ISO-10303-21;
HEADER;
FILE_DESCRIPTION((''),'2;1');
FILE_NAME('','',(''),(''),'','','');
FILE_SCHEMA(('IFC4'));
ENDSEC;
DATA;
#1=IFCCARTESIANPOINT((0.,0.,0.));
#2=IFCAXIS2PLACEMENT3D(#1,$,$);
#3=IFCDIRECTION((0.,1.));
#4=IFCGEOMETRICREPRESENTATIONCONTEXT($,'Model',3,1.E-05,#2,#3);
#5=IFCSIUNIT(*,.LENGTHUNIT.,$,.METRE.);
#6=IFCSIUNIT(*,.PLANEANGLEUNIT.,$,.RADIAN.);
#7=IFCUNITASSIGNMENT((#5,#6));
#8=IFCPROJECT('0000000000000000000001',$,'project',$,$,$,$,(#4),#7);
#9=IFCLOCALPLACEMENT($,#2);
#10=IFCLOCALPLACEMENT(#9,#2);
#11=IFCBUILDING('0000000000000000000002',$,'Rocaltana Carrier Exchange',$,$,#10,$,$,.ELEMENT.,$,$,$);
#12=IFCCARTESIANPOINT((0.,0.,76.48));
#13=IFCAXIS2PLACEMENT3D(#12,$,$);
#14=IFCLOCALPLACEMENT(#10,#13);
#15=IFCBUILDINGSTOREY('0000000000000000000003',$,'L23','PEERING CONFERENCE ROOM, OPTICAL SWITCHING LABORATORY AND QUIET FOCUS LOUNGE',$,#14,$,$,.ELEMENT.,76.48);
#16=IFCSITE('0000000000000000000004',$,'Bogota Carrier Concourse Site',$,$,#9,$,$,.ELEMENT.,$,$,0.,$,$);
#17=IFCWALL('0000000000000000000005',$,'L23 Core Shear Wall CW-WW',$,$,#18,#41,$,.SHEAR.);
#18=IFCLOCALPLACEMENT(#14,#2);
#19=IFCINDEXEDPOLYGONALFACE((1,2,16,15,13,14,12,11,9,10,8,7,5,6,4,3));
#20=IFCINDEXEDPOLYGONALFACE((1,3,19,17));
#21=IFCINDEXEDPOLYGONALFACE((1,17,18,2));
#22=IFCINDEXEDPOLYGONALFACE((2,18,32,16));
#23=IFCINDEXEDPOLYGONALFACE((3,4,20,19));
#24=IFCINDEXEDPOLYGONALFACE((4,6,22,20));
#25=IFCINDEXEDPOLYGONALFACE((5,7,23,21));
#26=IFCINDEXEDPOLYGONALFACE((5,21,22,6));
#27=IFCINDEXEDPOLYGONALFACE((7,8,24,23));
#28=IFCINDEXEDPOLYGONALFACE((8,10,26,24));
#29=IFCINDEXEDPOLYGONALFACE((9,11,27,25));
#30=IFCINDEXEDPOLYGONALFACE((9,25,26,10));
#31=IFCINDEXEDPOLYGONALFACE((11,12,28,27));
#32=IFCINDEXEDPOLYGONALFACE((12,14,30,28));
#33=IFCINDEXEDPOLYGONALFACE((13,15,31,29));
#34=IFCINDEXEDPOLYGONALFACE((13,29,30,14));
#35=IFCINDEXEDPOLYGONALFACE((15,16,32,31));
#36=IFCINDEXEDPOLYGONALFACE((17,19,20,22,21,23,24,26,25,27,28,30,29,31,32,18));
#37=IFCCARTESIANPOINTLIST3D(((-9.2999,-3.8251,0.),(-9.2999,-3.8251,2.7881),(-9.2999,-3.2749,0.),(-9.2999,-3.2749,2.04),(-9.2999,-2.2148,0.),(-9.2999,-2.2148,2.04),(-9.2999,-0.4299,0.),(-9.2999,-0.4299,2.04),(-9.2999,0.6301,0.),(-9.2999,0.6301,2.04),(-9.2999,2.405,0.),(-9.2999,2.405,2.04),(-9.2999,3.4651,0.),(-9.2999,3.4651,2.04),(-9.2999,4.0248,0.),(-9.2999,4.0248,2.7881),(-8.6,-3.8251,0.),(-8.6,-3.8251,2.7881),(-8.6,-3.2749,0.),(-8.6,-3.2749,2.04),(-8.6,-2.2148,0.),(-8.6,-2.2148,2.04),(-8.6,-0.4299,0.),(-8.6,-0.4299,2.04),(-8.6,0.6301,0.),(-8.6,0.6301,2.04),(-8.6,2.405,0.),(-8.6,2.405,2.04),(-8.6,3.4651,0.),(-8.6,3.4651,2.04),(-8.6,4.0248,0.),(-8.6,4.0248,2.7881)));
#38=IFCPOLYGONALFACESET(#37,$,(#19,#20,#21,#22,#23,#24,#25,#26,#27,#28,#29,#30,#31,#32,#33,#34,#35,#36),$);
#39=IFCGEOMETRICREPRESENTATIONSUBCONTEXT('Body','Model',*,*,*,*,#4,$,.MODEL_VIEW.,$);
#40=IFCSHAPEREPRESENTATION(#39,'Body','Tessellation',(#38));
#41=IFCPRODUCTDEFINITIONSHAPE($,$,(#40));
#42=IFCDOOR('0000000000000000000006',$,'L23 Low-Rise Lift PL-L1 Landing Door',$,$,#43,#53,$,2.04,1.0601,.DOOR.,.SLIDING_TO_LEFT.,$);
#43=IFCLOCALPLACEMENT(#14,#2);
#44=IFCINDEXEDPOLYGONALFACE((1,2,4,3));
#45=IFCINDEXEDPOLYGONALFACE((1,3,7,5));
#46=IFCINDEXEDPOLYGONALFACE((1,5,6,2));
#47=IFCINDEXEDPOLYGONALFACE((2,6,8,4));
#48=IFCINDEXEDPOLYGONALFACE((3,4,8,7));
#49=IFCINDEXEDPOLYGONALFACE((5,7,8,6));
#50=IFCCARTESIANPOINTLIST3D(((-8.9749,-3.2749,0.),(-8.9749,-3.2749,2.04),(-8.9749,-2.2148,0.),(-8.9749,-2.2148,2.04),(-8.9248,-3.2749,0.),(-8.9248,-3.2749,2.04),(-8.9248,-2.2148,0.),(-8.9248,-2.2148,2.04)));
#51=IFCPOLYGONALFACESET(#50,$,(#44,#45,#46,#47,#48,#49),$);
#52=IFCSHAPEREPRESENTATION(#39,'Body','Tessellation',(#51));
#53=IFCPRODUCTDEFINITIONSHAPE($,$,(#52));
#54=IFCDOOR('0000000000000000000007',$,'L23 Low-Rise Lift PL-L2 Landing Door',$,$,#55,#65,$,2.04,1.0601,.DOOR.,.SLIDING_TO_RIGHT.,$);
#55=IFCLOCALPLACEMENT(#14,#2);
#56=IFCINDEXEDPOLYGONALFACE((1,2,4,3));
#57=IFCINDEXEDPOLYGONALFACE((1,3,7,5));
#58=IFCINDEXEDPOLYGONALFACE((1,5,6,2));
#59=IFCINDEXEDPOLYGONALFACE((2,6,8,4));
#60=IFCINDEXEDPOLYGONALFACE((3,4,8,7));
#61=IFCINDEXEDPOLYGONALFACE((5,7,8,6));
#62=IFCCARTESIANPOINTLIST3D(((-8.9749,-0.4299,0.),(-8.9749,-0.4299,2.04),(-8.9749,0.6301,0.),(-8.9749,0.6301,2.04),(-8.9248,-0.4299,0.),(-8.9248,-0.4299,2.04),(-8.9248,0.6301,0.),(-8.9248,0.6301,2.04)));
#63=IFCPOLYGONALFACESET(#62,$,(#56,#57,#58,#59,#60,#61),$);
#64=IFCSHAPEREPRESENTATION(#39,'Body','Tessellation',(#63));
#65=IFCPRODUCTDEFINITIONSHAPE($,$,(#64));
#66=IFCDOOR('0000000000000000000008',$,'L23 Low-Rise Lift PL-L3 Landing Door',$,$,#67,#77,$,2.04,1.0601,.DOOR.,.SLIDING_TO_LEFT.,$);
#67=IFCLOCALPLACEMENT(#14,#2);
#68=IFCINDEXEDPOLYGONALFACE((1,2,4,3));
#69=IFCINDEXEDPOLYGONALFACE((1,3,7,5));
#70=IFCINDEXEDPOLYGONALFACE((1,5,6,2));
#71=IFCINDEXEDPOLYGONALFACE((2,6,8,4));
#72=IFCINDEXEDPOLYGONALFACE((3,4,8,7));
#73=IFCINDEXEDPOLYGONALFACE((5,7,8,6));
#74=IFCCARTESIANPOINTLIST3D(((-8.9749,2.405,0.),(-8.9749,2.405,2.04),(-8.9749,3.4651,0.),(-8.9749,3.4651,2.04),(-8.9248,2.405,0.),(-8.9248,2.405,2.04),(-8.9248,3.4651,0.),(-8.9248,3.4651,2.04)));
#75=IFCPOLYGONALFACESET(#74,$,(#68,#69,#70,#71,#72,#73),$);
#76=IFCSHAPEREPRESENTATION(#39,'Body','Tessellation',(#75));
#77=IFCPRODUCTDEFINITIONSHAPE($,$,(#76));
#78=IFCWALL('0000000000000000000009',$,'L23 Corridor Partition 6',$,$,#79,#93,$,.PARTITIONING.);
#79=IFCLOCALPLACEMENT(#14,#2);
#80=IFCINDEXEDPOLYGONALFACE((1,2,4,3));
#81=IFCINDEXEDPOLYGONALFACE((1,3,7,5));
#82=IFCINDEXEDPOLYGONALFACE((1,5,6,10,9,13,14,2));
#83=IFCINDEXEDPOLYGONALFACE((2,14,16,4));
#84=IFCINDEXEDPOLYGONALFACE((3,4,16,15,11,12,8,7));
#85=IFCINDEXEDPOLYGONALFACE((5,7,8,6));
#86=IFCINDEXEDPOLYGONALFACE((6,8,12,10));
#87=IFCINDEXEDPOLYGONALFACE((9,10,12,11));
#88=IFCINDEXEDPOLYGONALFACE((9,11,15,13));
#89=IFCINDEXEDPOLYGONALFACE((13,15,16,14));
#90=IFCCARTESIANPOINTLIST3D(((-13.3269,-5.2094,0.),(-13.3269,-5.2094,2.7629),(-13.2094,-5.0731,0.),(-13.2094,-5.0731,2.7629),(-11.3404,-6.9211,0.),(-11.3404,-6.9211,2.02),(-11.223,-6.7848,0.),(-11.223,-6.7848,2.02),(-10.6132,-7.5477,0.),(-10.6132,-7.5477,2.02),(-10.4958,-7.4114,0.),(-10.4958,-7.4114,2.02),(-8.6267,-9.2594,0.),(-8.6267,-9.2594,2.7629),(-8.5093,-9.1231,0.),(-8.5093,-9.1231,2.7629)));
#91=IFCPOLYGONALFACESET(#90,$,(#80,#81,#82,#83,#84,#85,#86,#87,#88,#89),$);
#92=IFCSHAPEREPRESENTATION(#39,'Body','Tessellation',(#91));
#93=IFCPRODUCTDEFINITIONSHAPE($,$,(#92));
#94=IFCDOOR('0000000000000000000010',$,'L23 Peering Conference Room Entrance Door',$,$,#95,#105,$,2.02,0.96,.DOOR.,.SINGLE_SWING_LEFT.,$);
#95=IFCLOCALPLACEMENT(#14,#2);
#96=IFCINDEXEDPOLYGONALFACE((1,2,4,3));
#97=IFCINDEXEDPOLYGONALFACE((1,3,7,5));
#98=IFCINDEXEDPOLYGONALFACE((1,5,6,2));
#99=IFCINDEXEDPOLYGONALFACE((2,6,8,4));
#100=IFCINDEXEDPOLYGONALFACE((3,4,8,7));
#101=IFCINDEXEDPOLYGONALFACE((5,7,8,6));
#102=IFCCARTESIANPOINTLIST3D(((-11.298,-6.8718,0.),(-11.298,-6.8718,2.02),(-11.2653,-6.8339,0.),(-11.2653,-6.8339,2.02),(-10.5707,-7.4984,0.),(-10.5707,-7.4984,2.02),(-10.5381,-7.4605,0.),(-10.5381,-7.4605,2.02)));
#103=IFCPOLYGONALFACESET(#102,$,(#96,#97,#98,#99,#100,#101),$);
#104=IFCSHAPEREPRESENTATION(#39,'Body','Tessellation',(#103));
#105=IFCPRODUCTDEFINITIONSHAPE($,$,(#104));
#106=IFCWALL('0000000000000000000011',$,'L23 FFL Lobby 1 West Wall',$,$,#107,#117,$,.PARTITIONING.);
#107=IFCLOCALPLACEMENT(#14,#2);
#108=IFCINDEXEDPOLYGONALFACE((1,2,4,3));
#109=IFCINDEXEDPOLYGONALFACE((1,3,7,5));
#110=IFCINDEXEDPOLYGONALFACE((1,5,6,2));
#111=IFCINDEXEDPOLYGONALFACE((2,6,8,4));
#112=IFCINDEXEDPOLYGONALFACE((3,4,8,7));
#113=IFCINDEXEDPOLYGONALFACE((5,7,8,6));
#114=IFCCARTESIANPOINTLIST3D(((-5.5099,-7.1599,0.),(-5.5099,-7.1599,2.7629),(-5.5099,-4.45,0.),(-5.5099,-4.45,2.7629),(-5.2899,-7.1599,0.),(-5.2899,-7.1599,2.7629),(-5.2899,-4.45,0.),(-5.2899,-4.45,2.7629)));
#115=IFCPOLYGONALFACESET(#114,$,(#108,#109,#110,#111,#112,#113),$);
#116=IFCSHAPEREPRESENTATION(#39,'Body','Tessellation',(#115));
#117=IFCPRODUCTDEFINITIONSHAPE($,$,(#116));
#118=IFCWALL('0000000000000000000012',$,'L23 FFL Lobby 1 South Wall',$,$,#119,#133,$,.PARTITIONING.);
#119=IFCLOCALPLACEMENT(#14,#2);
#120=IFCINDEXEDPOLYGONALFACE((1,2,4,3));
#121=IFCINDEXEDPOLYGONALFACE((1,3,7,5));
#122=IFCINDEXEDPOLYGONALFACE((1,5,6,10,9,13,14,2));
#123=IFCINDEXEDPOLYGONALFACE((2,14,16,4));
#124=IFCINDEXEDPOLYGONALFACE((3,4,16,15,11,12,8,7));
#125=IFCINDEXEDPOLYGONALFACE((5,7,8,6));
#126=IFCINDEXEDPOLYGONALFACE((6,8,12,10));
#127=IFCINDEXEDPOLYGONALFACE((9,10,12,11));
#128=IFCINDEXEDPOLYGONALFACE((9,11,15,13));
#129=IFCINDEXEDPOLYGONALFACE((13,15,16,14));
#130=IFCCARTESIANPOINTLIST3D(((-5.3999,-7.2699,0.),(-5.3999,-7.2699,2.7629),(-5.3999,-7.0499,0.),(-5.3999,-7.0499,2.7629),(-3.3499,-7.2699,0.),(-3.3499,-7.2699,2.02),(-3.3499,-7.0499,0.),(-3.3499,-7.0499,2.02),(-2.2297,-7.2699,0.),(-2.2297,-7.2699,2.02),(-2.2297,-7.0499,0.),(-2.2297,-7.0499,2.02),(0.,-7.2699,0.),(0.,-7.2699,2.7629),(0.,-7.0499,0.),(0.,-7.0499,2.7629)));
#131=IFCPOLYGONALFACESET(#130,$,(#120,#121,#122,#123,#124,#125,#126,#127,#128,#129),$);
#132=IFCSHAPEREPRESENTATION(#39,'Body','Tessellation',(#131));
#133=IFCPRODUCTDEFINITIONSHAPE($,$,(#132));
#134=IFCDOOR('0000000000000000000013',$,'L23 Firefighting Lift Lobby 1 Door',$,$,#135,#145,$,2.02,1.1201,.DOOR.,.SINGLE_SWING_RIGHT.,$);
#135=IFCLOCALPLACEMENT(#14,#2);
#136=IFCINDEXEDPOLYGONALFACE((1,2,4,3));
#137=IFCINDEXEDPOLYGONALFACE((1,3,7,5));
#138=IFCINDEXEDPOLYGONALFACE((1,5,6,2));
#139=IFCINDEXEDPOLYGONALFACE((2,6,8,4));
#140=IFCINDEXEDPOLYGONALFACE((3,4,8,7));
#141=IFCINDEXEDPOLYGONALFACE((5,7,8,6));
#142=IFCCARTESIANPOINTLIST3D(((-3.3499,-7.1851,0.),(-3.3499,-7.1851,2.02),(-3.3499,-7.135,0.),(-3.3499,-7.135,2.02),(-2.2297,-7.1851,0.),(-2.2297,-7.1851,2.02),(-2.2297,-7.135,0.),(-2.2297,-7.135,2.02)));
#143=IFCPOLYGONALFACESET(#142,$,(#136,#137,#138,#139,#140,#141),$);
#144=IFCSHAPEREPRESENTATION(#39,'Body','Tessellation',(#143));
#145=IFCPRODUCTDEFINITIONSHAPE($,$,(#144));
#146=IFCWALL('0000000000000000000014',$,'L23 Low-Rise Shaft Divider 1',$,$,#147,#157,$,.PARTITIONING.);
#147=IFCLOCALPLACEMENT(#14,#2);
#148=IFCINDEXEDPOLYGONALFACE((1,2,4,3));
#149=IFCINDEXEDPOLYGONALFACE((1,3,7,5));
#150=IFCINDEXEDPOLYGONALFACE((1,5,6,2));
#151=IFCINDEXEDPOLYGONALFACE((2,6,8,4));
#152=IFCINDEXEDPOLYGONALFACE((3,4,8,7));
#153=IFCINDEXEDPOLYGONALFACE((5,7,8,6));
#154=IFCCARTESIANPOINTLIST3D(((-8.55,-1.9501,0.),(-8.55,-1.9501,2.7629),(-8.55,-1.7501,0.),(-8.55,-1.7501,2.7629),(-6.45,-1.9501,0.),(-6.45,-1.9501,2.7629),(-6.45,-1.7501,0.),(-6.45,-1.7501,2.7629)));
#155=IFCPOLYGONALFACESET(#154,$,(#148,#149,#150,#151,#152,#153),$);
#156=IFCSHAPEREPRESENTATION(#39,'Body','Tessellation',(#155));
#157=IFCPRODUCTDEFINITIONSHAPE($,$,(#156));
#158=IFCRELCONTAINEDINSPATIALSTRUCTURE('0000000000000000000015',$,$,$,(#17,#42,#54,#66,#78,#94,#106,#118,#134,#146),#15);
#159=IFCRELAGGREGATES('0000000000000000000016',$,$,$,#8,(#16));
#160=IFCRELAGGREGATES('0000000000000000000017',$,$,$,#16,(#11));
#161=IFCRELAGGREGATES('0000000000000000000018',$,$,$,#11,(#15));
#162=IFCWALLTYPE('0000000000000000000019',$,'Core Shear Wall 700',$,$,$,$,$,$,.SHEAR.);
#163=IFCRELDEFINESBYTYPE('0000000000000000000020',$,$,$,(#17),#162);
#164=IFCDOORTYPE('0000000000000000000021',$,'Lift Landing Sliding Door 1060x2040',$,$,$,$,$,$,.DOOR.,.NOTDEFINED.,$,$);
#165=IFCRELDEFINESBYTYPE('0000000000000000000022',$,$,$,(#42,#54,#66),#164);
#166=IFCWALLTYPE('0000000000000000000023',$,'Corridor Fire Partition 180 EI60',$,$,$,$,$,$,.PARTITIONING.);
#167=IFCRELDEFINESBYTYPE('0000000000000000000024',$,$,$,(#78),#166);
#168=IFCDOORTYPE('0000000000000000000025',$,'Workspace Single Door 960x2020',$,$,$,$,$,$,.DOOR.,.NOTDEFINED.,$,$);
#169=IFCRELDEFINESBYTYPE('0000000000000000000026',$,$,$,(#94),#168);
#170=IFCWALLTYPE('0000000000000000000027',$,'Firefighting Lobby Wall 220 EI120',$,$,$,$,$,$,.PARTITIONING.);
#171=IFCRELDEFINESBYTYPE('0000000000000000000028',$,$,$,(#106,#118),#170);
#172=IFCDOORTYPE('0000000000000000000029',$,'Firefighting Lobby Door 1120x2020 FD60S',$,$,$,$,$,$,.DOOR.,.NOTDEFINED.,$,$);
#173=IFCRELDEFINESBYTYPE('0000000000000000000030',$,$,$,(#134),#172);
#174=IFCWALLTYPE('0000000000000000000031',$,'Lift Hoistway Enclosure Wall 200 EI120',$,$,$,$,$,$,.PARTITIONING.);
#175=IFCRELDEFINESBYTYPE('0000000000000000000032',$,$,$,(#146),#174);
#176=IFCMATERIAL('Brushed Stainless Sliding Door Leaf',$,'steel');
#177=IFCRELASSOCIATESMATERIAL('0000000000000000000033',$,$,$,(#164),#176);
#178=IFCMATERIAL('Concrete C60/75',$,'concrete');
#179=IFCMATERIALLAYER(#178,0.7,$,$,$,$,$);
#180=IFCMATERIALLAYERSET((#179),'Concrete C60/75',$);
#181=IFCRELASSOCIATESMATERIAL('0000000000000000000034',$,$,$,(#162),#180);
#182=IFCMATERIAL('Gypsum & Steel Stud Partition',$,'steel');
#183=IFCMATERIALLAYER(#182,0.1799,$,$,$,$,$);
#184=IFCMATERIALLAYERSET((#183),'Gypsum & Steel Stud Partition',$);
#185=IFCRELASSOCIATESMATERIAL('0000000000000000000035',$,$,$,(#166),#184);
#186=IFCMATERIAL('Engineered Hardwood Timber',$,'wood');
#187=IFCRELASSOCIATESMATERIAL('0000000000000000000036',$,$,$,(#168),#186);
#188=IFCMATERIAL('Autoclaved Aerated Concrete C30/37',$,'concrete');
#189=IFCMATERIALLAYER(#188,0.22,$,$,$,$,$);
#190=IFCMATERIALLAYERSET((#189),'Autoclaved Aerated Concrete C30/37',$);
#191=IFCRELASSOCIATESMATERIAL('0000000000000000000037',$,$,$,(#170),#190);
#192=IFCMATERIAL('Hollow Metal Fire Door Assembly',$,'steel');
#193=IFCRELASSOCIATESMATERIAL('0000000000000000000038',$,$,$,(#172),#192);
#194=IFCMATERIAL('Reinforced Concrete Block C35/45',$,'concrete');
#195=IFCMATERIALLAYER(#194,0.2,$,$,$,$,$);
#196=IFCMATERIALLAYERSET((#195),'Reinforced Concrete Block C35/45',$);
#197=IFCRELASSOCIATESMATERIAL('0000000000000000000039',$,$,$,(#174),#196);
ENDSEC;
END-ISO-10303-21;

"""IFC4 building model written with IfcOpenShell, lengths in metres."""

from ifc_helpers import new_model, si_unit, direction, frame, frame_2d, origin, place, context, subcontext, project, spatial, rectangle, extrude, material, layer, layer_set, type_object, element, fill, save


model = new_model("IFC4")

# Units and contexts
model_context = context("Model", 3, precision=1e-05, world=origin(), true_north=direction((0.0, 1.0)))
body_context = subcontext(model_context, "Body", "Model", "MODEL_VIEW")
ifc_project = project(units=[si_unit("LENGTHUNIT", "METRE"), si_unit("PLANEANGLEUNIT", "RADIAN")], contexts=[model_context])

# Site, building, storey
site_placement = place(None, origin())
site = spatial("IfcSite", under=ifc_project, at=site_placement, Name="Bogota Carrier Concourse Site", CompositionType="ELEMENT", RefElevation=0.0)
building_placement = place(site_placement, origin())
building = spatial("IfcBuilding", under=site, at=building_placement, Name="Rocaltana Carrier Exchange", CompositionType="ELEMENT")
storey_placement = place(building_placement, frame((0.0, 0.0, 76.48)))
storey = spatial("IfcBuildingStorey", under=building, at=storey_placement, Name="L23", Description="PEERING CONFERENCE ROOM, OPTICAL SWITCHING LABORATORY AND QUIET FOCUS LOUNGE", CompositionType="ELEMENT", Elevation=76.48)

# Shared definitions
ifc_material_1 = material(Name="Brushed Stainless Sliding Door Leaf", Category="steel")
door_type_1 = type_object("IfcDoorType", Name="Lift Landing Sliding Door 1060x2040", OperationType="NOTDEFINED", PredefinedType="DOOR", material=ifc_material_1)

# Shared definitions
ifc_material_2 = material(Name="Concrete C60/75", Category="concrete")
ifc_layer_1 = layer(ifc_material_2, 0.7)
ifc_layer_set_1 = layer_set([ifc_layer_1], Name="Concrete C60/75")
wall_type_1 = type_object("IfcWallType", Name="Core Shear Wall 700", PredefinedType="SHEAR", material=ifc_layer_set_1)

# Wall, openings, doors
wall_1_placement = place(storey_placement, frame((-8.95, -3.825, 0.0), z_axis=(0.0, 0.0, 1.0), x_axis=(0.0, 1.0, 0.0)))
wall_1 = element("IfcWall", 1, at=wall_1_placement, inside=storey, type_object=wall_type_1, Name="L23 Core Shear Wall CW-WW", PredefinedType="SHEAR", context=body_context, shape_type="SweptSolid", body=[
    extrude(rectangle(XDim=7.8499, YDim=0.7, at=frame_2d((3.9248, 0.0))), origin(), (0.0, 0.0, 1.0), 2.7881),
])
opening_1_placement = place(wall_1_placement, frame((0.55, 0.0, 0.0)))
opening_1 = element("IfcOpeningElement", 2, at=opening_1_placement, cuts=wall_1, PredefinedType="OPENING", context=body_context, shape_type="SweptSolid", body=[
    extrude(rectangle(XDim=1.0601, YDim=2.04, at=frame_2d((0.53, 1.02))), frame((0.0, 0.3599, 0.0), z_axis=(0.0, -1.0, 0.0), x_axis=(1.0, 0.0, 0.0)), (0.0, 0.0, 1.0), 0.72),
])
opening_2_placement = place(wall_1_placement, frame((3.395, 0.0, 0.0)))
opening_2 = element("IfcOpeningElement", 3, at=opening_2_placement, cuts=wall_1, PredefinedType="OPENING", context=body_context, shape_type="SweptSolid", body=[
    extrude(rectangle(XDim=1.0601, YDim=2.04, at=frame_2d((0.53, 1.02))), frame((0.0, 0.3599, 0.0), z_axis=(0.0, -1.0, 0.0), x_axis=(1.0, 0.0, 0.0)), (0.0, 0.0, 1.0), 0.72),
])
opening_3_placement = place(wall_1_placement, frame((6.23, 0.0, 0.0)))
opening_3 = element("IfcOpeningElement", 4, at=opening_3_placement, cuts=wall_1, PredefinedType="OPENING", context=body_context, shape_type="SweptSolid", body=[
    extrude(rectangle(XDim=1.0601, YDim=2.04, at=frame_2d((0.53, 1.02))), frame((0.0, 0.3599, 0.0), z_axis=(0.0, -1.0, 0.0), x_axis=(1.0, 0.0, 0.0)), (0.0, 0.0, 1.0), 0.72),
])
door_1_placement = place(opening_1_placement, origin())
door_1 = element("IfcDoor", 5, at=door_1_placement, inside=storey, type_object=door_type_1, Name="L23 Low-Rise Lift PL-L1 Landing Door", OperationType="SLIDING_TO_LEFT", OverallHeight=2.04, OverallWidth=1.0601, PredefinedType="DOOR", context=body_context, shape_type="SweptSolid", body=[
    extrude(rectangle(XDim=1.0601, YDim=2.04, at=frame_2d((0.53, 1.02))), frame((0.0, 0.0249, 0.0), z_axis=(0.0, -1.0, 0.0), x_axis=(1.0, 0.0, 0.0)), (0.0, 0.0, 1.0), 0.05),
])
fill(opening_1, door_1)
door_2_placement = place(opening_2_placement, origin())
door_2 = element("IfcDoor", 6, at=door_2_placement, inside=storey, type_object=door_type_1, Name="L23 Low-Rise Lift PL-L2 Landing Door", OperationType="SLIDING_TO_RIGHT", OverallHeight=2.04, OverallWidth=1.0601, PredefinedType="DOOR", context=body_context, shape_type="SweptSolid", body=[
    extrude(rectangle(XDim=1.0601, YDim=2.04, at=frame_2d((0.53, 1.02))), frame((0.0, 0.0249, 0.0), z_axis=(0.0, -1.0, 0.0), x_axis=(1.0, 0.0, 0.0)), (0.0, 0.0, 1.0), 0.05),
])
fill(opening_2, door_2)
door_3_placement = place(opening_3_placement, origin())
door_3 = element("IfcDoor", 7, at=door_3_placement, inside=storey, type_object=door_type_1, Name="L23 Low-Rise Lift PL-L3 Landing Door", OperationType="SLIDING_TO_LEFT", OverallHeight=2.04, OverallWidth=1.0601, PredefinedType="DOOR", context=body_context, shape_type="SweptSolid", body=[
    extrude(rectangle(XDim=1.0601, YDim=2.04, at=frame_2d((0.53, 1.02))), frame((0.0, 0.0249, 0.0), z_axis=(0.0, -1.0, 0.0), x_axis=(1.0, 0.0, 0.0)), (0.0, 0.0, 1.0), 0.05),
])
fill(opening_3, door_3)

# Wall, opening, door
ifc_material_3 = material(Name="Gypsum & Steel Stud Partition", Category="steel")
ifc_layer_2 = layer(ifc_material_3, 0.1799)
ifc_layer_set_2 = layer_set([ifc_layer_2], Name="Gypsum & Steel Stud Partition")
wall_type_2 = type_object("IfcWallType", Name="Corridor Fire Partition 180 EI60", PredefinedType="PARTITIONING", material=ifc_layer_set_2)
wall_2_placement = place(storey_placement, frame((-8.5681, -9.1912, 0.0), z_axis=(0.0, 0.0, 1.0), x_axis=(-0.757557, 0.652769, 0.0)))
wall_2 = element("IfcWall", 8, at=wall_2_placement, inside=storey, type_object=wall_type_2, Name="L23 Corridor Partition 6", PredefinedType="PARTITIONING", context=body_context, shape_type="SweptSolid", body=[
    extrude(rectangle(XDim=6.2043, YDim=0.1799, at=frame_2d((3.1021, 0.0))), origin(), (0.0, 0.0, 1.0), 2.7629),
])
opening_4_placement = place(wall_2_placement, frame((2.6221, 0.0, 0.0)))
opening_4 = element("IfcOpeningElement", 9, at=opening_4_placement, cuts=wall_2, PredefinedType="OPENING", context=body_context, shape_type="SweptSolid", body=[
    extrude(rectangle(XDim=0.96, YDim=2.02, at=frame_2d((0.48, 1.01))), frame((0.0, 0.0999, 0.0), z_axis=(0.0, -1.0, 0.0), x_axis=(1.0, 0.0, 0.0)), (0.0, 0.0, 1.0), 0.2),
])
ifc_material_4 = material(Name="Engineered Hardwood Timber", Category="wood")
door_type_2 = type_object("IfcDoorType", Name="Workspace Single Door 960x2020", OperationType="NOTDEFINED", PredefinedType="DOOR", material=ifc_material_4)
door_4_placement = place(opening_4_placement, origin())
door_4 = element("IfcDoor", 10, at=door_4_placement, inside=storey, type_object=door_type_2, Name="L23 Peering Conference Room Entrance Door", OperationType="SINGLE_SWING_LEFT", OverallHeight=2.02, OverallWidth=0.96, PredefinedType="DOOR", context=body_context, shape_type="SweptSolid", body=[
    extrude(rectangle(XDim=0.96, YDim=2.02, at=frame_2d((0.48, 1.01))), frame((0.0, 0.0249, 0.0), z_axis=(0.0, -1.0, 0.0), x_axis=(1.0, 0.0, 0.0)), (0.0, 0.0, 1.0), 0.05),
])
fill(opening_4, door_4)

# Wall
ifc_material_5 = material(Name="Autoclaved Aerated Concrete C30/37", Category="concrete")
ifc_layer_3 = layer(ifc_material_5, 0.22)
ifc_layer_set_3 = layer_set([ifc_layer_3], Name="Autoclaved Aerated Concrete C30/37")
wall_type_3 = type_object("IfcWallType", Name="Firefighting Lobby Wall 220 EI120", PredefinedType="PARTITIONING", material=ifc_layer_set_3)
wall_3_placement = place(storey_placement, frame((-5.3999, -7.1599, 0.0), z_axis=(0.0, 0.0, 1.0), x_axis=(0.0, 1.0, 0.0)))
element("IfcWall", 11, at=wall_3_placement, inside=storey, type_object=wall_type_3, Name="L23 FFL Lobby 1 West Wall", PredefinedType="PARTITIONING", context=body_context, shape_type="SweptSolid", body=[
    extrude(rectangle(XDim=2.71, YDim=0.22, at=frame_2d((1.355, 0.0))), origin(), (0.0, 0.0, 1.0), 2.7629),
])

# Wall, opening, door
wall_4_placement = place(storey_placement, frame((-5.3999, -7.1599, 0.0), z_axis=(0.0, 0.0, 1.0), x_axis=(1.0, 0.0, 0.0)))
wall_4 = element("IfcWall", 12, at=wall_4_placement, inside=storey, type_object=wall_type_3, Name="L23 FFL Lobby 1 South Wall", PredefinedType="PARTITIONING", context=body_context, shape_type="SweptSolid", body=[
    extrude(rectangle(XDim=5.3999, YDim=0.22, at=frame_2d((2.7, 0.0))), origin(), (0.0, 0.0, 1.0), 2.7629),
])
opening_5_placement = place(wall_4_placement, frame((2.05, 0.0, 0.0)))
opening_5 = element("IfcOpeningElement", 13, at=opening_5_placement, cuts=wall_4, PredefinedType="OPENING", context=body_context, shape_type="SweptSolid", body=[
    extrude(rectangle(XDim=1.1201, YDim=2.02, at=frame_2d((0.5601, 1.01))), frame((0.0, 0.1199, 0.0), z_axis=(0.0, -1.0, 0.0), x_axis=(1.0, 0.0, 0.0)), (0.0, 0.0, 1.0), 0.24),
])
ifc_material_6 = material(Name="Hollow Metal Fire Door Assembly", Category="steel")
door_type_3 = type_object("IfcDoorType", Name="Firefighting Lobby Door 1120x2020 FD60S", OperationType="NOTDEFINED", PredefinedType="DOOR", material=ifc_material_6)
door_5_placement = place(opening_5_placement, origin())
door_5 = element("IfcDoor", 14, at=door_5_placement, inside=storey, type_object=door_type_3, Name="L23 Firefighting Lift Lobby 1 Door", OperationType="SINGLE_SWING_RIGHT", OverallHeight=2.02, OverallWidth=1.1201, PredefinedType="DOOR", context=body_context, shape_type="SweptSolid", body=[
    extrude(rectangle(XDim=1.1201, YDim=2.02, at=frame_2d((0.5601, 1.01))), frame((0.0, 0.0249, 0.0), z_axis=(0.0, -1.0, 0.0), x_axis=(1.0, 0.0, 0.0)), (0.0, 0.0, 1.0), 0.05),
])
fill(opening_5, door_5)

# Wall
ifc_material_7 = material(Name="Reinforced Concrete Block C35/45", Category="concrete")
ifc_layer_4 = layer(ifc_material_7, 0.2)
ifc_layer_set_4 = layer_set([ifc_layer_4], Name="Reinforced Concrete Block C35/45")
wall_type_4 = type_object("IfcWallType", Name="Lift Hoistway Enclosure Wall 200 EI120", PredefinedType="PARTITIONING", material=ifc_layer_set_4)
wall_5_placement = place(storey_placement, frame((-8.55, -1.8501, 0.0), z_axis=(0.0, 0.0, 1.0), x_axis=(1.0, 0.0, 0.0)))
element("IfcWall", 15, at=wall_5_placement, inside=storey, type_object=wall_type_4, Name="L23 Low-Rise Shaft Divider 1", PredefinedType="PARTITIONING", context=body_context, shape_type="SweptSolid", body=[
    extrude(rectangle(XDim=2.1001, YDim=0.2, at=frame_2d((1.05, 0.0))), origin(), (0.0, 0.0, 1.0), 2.7629),
])

save(model, "model.ifc")
